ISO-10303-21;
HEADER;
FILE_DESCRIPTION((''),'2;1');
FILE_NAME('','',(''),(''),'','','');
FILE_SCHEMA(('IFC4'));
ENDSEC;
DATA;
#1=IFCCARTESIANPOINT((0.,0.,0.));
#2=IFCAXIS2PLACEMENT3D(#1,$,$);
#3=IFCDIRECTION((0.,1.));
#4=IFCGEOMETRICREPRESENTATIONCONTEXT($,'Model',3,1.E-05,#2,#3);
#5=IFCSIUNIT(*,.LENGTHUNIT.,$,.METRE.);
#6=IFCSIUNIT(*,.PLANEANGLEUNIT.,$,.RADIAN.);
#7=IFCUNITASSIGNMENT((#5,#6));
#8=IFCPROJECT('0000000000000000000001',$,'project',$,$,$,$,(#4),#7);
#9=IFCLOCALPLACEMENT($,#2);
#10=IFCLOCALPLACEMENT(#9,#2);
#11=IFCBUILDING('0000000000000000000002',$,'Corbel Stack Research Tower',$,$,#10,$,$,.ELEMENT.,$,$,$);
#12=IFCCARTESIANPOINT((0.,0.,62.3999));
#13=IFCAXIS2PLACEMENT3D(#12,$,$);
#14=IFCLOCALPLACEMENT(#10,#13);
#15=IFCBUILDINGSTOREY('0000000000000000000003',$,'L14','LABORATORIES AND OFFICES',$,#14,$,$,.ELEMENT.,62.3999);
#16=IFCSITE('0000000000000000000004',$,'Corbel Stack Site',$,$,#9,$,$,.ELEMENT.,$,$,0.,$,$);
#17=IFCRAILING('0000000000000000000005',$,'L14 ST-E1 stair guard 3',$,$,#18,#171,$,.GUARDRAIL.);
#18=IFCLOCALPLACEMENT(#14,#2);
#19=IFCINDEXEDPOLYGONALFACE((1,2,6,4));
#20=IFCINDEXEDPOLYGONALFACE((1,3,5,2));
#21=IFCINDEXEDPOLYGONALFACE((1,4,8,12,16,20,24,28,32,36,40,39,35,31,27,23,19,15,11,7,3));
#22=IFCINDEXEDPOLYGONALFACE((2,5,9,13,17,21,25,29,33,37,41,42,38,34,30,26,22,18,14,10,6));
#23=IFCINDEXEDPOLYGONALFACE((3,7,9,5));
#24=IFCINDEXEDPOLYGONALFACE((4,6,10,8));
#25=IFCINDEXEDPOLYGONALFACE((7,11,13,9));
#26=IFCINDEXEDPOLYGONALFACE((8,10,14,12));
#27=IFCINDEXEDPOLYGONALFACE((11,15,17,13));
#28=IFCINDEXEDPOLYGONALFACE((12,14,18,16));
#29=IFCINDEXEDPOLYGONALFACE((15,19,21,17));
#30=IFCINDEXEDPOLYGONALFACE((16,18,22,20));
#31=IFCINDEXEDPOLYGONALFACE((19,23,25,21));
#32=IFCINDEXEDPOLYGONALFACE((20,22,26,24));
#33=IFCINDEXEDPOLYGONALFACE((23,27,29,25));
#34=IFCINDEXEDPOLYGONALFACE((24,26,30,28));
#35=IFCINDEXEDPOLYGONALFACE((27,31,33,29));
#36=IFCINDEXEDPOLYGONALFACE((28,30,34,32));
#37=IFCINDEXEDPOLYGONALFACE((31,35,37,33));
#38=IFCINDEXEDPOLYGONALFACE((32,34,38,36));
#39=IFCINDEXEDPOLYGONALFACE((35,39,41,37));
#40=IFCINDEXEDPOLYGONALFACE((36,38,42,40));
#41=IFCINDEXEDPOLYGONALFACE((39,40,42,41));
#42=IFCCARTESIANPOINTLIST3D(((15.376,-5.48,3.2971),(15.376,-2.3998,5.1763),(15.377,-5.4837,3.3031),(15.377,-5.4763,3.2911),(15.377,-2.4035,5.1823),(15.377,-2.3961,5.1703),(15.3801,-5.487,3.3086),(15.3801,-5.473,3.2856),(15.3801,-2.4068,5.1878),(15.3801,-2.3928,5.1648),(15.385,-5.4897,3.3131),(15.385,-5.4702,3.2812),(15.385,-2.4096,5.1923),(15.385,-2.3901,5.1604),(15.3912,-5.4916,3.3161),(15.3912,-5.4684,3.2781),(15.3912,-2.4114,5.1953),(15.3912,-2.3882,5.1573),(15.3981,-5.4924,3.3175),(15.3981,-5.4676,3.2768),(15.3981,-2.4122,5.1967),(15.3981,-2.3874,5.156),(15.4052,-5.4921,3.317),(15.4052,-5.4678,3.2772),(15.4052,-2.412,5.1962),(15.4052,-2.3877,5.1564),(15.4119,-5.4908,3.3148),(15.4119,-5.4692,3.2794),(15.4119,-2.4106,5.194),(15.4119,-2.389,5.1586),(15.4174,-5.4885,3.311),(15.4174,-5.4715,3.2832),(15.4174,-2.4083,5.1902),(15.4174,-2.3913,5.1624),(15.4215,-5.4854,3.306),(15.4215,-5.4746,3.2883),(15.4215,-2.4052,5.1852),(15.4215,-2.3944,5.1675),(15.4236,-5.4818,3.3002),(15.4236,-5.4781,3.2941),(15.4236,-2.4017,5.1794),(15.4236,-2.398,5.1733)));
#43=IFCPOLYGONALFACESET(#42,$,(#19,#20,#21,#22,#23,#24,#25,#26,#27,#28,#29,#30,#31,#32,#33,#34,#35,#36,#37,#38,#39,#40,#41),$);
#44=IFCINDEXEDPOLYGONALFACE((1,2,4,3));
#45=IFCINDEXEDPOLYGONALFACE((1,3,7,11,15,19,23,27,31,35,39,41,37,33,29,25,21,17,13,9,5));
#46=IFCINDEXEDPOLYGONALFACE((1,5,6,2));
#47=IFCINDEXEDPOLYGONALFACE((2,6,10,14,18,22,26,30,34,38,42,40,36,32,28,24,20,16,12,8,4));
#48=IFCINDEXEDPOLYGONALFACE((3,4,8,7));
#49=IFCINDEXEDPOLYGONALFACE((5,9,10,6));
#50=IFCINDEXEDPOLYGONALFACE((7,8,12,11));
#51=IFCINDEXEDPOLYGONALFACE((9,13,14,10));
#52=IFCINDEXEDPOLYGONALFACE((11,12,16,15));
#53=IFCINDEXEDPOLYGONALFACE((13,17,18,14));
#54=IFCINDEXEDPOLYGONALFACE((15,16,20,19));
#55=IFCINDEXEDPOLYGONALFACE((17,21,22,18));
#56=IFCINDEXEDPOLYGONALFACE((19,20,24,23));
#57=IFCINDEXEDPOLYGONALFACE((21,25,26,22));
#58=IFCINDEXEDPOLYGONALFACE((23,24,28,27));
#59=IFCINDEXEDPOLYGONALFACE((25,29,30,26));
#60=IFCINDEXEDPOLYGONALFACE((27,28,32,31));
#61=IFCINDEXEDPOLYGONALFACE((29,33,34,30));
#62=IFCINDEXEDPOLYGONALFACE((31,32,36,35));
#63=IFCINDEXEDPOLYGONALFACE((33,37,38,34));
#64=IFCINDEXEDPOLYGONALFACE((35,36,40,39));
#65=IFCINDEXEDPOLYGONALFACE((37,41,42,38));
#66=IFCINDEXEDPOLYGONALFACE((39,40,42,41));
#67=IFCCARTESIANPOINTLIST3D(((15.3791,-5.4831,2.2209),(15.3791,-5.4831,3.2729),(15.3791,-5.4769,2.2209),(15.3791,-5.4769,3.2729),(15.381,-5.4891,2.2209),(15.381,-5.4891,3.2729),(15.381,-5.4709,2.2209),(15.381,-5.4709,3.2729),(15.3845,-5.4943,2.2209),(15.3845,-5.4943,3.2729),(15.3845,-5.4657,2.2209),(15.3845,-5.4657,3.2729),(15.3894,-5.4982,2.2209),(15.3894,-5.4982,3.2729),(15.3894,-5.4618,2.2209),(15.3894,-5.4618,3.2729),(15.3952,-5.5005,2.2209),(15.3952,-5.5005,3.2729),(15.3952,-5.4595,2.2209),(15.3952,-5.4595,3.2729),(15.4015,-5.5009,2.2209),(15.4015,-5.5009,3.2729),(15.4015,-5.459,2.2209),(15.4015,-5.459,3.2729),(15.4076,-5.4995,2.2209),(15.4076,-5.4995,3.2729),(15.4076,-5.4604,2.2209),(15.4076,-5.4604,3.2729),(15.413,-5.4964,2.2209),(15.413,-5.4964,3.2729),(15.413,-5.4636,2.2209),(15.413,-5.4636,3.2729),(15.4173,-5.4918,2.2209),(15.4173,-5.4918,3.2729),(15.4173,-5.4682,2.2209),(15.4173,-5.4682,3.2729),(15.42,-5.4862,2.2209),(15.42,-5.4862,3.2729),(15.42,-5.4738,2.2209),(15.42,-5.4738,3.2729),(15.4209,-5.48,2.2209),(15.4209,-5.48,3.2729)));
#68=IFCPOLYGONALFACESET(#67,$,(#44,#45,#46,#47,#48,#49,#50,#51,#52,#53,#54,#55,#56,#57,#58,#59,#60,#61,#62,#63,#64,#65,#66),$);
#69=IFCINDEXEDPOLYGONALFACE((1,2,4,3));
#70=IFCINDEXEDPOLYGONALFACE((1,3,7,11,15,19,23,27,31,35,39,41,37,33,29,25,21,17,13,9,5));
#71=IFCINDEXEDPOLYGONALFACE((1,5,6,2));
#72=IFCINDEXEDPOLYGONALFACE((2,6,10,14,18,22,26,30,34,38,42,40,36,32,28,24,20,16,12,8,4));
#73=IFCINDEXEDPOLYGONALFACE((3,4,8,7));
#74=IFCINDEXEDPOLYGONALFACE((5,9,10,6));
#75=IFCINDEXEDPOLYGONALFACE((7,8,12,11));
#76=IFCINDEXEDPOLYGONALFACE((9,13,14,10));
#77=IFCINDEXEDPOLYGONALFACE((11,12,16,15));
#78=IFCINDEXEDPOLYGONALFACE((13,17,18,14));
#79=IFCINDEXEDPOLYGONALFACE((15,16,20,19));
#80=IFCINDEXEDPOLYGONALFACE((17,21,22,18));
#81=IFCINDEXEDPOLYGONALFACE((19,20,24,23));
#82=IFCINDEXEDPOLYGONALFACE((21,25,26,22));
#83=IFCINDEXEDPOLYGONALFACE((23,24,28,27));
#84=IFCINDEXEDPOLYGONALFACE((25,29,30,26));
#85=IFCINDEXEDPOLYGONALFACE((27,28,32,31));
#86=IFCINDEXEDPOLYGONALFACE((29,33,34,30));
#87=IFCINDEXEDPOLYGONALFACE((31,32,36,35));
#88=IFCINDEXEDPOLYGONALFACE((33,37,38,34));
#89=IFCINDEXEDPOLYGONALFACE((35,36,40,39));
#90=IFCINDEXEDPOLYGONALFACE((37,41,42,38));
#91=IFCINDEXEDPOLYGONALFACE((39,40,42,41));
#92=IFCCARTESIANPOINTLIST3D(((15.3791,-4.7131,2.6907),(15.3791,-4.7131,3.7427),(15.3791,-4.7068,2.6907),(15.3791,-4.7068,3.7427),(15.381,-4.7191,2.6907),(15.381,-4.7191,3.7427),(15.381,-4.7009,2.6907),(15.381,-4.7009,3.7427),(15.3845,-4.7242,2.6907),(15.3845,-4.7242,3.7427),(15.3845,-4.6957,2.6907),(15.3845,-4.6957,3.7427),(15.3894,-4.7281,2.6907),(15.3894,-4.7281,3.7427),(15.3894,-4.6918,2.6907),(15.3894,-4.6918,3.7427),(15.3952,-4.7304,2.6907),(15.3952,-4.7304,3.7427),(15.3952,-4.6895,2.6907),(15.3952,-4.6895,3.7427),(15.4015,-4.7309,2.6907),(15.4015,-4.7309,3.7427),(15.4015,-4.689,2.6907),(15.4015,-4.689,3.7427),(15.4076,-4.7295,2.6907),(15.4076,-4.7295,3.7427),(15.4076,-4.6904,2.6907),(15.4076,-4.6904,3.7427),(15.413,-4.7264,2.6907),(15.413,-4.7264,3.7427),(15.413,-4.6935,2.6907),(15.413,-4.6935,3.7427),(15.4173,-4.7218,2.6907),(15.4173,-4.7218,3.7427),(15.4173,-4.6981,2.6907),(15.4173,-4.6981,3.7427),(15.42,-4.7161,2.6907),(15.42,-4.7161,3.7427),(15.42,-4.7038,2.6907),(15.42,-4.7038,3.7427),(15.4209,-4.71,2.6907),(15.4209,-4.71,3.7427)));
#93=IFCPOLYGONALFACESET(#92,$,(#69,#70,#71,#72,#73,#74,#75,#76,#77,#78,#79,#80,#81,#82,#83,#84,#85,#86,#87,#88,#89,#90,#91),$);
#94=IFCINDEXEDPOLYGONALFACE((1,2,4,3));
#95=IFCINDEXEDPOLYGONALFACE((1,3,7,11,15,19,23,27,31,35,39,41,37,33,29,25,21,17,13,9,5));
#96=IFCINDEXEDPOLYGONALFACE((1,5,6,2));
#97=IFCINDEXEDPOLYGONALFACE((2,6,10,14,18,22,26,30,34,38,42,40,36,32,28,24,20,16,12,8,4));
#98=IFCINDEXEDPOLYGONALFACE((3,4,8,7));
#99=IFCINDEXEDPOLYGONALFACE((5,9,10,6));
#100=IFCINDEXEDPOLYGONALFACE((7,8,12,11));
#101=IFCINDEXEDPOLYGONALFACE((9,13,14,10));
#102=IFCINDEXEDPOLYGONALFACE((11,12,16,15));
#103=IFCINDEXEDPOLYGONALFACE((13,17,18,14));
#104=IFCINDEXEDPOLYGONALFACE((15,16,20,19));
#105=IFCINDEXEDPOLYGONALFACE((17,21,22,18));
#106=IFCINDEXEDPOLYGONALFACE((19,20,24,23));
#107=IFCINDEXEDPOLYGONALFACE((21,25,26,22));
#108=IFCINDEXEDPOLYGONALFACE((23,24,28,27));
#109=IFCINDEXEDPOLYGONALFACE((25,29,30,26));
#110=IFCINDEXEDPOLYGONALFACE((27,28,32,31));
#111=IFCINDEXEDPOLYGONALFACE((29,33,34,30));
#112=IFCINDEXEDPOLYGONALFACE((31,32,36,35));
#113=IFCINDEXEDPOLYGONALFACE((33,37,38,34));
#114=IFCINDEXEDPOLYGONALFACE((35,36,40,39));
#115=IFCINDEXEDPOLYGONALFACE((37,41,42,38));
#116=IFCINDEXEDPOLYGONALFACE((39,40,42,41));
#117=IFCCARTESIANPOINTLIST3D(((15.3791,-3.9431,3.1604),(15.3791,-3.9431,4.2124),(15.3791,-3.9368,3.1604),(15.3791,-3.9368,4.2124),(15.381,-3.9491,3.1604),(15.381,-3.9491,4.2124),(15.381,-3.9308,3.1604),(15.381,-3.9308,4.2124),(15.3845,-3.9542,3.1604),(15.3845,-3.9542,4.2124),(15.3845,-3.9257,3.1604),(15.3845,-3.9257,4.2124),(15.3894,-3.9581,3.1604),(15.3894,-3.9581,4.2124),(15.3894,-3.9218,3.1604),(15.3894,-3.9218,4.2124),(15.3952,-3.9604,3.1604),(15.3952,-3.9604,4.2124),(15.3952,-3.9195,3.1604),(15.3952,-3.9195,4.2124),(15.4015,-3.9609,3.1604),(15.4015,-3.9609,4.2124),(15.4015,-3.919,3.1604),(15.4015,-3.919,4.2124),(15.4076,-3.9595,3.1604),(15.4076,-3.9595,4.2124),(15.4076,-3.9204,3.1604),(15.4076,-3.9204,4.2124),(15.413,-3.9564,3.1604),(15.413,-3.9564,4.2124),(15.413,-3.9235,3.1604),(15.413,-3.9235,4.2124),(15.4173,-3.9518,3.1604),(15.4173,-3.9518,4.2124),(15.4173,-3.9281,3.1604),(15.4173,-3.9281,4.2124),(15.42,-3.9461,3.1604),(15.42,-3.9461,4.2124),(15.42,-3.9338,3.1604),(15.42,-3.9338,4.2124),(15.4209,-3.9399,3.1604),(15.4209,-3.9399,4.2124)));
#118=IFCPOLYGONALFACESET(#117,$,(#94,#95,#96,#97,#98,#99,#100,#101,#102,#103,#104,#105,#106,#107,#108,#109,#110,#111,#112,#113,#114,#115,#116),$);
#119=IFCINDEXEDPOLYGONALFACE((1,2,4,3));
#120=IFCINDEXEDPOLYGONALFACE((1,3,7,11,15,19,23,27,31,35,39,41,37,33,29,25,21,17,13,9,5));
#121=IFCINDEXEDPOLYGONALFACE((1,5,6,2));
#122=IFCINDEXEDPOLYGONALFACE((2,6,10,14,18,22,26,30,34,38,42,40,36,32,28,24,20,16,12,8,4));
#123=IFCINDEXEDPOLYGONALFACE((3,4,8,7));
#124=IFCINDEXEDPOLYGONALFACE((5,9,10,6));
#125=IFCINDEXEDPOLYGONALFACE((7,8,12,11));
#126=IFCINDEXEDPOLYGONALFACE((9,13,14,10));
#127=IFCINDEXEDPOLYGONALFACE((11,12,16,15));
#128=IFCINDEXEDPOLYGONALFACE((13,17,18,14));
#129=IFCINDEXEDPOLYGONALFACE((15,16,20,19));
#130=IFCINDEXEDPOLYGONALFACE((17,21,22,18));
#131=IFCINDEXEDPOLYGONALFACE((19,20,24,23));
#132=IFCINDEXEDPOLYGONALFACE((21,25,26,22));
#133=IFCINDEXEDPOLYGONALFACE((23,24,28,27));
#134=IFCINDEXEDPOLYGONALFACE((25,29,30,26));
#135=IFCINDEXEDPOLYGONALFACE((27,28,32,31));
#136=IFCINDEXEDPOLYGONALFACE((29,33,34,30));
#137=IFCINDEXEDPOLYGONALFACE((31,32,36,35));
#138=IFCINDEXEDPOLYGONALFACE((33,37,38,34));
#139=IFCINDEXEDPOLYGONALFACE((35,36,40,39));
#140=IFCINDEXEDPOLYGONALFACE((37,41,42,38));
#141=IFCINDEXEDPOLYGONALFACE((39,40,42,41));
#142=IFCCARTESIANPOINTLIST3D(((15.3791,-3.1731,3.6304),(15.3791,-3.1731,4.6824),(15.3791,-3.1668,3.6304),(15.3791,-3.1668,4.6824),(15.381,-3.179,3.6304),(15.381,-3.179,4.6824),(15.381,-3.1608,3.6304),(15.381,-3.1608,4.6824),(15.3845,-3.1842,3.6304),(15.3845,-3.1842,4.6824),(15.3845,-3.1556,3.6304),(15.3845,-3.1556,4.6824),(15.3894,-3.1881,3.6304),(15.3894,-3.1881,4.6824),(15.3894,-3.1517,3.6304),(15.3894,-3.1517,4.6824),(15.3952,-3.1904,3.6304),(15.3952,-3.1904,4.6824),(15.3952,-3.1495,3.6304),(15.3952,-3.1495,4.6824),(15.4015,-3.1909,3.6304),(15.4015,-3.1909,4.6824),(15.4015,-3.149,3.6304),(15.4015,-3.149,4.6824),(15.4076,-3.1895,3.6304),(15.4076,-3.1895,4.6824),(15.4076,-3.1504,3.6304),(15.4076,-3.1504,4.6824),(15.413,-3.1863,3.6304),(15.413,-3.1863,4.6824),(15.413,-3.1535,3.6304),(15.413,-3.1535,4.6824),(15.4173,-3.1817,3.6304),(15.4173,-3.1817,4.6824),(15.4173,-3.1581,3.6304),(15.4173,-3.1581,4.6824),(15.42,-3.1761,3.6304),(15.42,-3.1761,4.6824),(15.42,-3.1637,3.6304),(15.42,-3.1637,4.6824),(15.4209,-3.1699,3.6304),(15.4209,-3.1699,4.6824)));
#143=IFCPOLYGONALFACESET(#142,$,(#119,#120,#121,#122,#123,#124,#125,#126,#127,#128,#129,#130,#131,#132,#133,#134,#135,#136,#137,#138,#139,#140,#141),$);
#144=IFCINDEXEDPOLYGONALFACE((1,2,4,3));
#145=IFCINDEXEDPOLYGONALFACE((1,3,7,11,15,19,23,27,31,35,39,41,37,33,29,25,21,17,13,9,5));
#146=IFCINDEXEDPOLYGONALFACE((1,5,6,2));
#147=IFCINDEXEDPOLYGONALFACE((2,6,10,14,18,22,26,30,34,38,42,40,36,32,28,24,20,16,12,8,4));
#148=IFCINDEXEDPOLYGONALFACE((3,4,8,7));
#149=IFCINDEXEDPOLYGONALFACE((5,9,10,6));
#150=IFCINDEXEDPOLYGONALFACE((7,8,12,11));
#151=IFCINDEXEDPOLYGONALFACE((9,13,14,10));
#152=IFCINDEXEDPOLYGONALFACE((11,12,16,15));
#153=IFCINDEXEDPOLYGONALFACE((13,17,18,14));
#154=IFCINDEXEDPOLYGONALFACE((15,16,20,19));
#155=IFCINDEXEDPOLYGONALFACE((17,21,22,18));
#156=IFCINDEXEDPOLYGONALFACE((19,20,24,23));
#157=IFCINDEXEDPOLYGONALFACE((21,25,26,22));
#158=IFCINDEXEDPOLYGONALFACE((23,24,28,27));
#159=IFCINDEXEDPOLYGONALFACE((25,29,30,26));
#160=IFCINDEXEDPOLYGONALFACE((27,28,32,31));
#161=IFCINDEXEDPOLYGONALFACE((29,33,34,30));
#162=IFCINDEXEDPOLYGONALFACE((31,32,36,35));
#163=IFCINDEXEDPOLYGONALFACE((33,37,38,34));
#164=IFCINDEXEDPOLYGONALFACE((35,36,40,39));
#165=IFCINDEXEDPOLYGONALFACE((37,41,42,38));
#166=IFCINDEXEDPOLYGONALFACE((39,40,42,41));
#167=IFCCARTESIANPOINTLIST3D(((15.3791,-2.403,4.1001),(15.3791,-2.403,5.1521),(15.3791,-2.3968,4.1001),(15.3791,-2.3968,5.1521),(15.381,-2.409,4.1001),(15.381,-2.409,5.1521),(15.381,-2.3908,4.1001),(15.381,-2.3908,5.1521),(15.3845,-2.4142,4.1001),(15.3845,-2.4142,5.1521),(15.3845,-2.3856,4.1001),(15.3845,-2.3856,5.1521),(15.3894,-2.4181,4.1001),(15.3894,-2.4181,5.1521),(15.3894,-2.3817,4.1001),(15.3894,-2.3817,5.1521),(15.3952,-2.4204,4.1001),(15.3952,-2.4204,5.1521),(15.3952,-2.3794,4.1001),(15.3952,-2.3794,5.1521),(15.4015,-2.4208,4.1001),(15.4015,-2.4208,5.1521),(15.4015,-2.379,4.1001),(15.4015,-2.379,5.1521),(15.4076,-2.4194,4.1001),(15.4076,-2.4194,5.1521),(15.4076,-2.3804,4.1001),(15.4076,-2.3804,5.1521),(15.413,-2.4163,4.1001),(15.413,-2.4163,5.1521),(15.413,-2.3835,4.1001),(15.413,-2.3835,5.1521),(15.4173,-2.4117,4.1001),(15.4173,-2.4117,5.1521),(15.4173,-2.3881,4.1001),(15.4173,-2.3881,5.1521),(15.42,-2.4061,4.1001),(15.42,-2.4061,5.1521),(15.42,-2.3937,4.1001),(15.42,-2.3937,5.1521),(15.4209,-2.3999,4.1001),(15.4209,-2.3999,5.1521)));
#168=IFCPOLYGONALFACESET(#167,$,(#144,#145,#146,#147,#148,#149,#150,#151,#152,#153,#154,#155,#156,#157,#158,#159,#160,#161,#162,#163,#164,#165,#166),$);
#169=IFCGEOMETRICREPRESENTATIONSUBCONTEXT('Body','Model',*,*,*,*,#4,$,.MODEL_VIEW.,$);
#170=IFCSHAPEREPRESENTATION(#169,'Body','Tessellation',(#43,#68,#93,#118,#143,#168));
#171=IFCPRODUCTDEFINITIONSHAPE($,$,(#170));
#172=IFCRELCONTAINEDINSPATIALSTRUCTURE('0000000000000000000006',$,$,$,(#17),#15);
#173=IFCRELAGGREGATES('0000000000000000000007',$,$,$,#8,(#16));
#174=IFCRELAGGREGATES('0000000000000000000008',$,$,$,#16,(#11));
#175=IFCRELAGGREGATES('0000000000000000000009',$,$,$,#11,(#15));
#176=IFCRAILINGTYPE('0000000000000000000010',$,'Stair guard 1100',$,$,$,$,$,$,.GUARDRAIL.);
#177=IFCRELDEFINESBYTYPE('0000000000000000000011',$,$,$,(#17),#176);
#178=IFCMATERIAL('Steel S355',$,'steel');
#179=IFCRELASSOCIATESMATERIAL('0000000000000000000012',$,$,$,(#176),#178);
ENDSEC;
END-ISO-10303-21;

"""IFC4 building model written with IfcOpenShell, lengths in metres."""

from ifc_helpers import new_model, si_unit, direction, frame, origin, origin_2d, place, context, subcontext, project, spatial, circle, extrude, material, type_object, element, save


model = new_model("IFC4")

# Units and contexts
model_context = context("Model", 3, precision=1e-05, world=origin(), true_north=direction((0.0, 1.0)))
body_context = subcontext(model_context, "Body", "Model", "MODEL_VIEW")
ifc_project = project(units=[si_unit("LENGTHUNIT", "METRE"), si_unit("PLANEANGLEUNIT", "RADIAN")], contexts=[model_context])

# Site, building, storey
site_placement = place(None, origin())
site = spatial("IfcSite", under=ifc_project, at=site_placement, Name="Corbel Stack Site", CompositionType="ELEMENT", RefElevation=0.0)
building_placement = place(site_placement, origin())
building = spatial("IfcBuilding", under=site, at=building_placement, Name="Corbel Stack Research Tower", CompositionType="ELEMENT")
storey_placement = place(building_placement, frame((0.0, 0.0, 62.3999)))
storey = spatial("IfcBuildingStorey", under=building, at=storey_placement, Name="L14", Description="LABORATORIES AND OFFICES", CompositionType="ELEMENT", Elevation=62.3999)

# Railing
ifc_material_1 = material(Name="Steel S355", Category="steel")
railing_type_1 = type_object("IfcRailingType", Name="Stair guard 1100", PredefinedType="GUARDRAIL", material=ifc_material_1)
railing_1_placement = place(storey_placement, frame((15.3999, -5.48, 2.2209)))
element("IfcRailing", 1, at=railing_1_placement, inside=storey, type_object=railing_type_1, Name="L14 ST-E1 stair guard 3", PredefinedType="GUARDRAIL", context=body_context, shape_type="SweptSolid", body=[
    extrude(circle(Radius=0.0239, at=origin_2d()), frame((0.0, 0.0, 1.0762), z_axis=(0.0, 0.853666, 0.52082), x_axis=(-1.0, 0.0, 0.0)), (0.0, 0.0, 1.0), 3.6082),
    extrude(circle(Radius=0.021, at=origin_2d()), origin(), (0.0, 0.0, 1.0), 1.052),
    extrude(circle(Radius=0.021, at=origin_2d()), frame((0.0, 0.77, 0.4697)), (0.0, 0.0, 1.0), 1.052),
    extrude(circle(Radius=0.021, at=origin_2d()), frame((0.0, 1.54, 0.9395)), (0.0, 0.0, 1.0), 1.052),
    extrude(circle(Radius=0.021, at=origin_2d()), frame((0.0, 2.3101, 1.4094)), (0.0, 0.0, 1.0), 1.052),
    extrude(circle(Radius=0.021, at=origin_2d()), frame((0.0, 3.0801, 1.8792)), (0.0, 0.0, 1.0), 1.052),
])

save(model, "model.ifc")
